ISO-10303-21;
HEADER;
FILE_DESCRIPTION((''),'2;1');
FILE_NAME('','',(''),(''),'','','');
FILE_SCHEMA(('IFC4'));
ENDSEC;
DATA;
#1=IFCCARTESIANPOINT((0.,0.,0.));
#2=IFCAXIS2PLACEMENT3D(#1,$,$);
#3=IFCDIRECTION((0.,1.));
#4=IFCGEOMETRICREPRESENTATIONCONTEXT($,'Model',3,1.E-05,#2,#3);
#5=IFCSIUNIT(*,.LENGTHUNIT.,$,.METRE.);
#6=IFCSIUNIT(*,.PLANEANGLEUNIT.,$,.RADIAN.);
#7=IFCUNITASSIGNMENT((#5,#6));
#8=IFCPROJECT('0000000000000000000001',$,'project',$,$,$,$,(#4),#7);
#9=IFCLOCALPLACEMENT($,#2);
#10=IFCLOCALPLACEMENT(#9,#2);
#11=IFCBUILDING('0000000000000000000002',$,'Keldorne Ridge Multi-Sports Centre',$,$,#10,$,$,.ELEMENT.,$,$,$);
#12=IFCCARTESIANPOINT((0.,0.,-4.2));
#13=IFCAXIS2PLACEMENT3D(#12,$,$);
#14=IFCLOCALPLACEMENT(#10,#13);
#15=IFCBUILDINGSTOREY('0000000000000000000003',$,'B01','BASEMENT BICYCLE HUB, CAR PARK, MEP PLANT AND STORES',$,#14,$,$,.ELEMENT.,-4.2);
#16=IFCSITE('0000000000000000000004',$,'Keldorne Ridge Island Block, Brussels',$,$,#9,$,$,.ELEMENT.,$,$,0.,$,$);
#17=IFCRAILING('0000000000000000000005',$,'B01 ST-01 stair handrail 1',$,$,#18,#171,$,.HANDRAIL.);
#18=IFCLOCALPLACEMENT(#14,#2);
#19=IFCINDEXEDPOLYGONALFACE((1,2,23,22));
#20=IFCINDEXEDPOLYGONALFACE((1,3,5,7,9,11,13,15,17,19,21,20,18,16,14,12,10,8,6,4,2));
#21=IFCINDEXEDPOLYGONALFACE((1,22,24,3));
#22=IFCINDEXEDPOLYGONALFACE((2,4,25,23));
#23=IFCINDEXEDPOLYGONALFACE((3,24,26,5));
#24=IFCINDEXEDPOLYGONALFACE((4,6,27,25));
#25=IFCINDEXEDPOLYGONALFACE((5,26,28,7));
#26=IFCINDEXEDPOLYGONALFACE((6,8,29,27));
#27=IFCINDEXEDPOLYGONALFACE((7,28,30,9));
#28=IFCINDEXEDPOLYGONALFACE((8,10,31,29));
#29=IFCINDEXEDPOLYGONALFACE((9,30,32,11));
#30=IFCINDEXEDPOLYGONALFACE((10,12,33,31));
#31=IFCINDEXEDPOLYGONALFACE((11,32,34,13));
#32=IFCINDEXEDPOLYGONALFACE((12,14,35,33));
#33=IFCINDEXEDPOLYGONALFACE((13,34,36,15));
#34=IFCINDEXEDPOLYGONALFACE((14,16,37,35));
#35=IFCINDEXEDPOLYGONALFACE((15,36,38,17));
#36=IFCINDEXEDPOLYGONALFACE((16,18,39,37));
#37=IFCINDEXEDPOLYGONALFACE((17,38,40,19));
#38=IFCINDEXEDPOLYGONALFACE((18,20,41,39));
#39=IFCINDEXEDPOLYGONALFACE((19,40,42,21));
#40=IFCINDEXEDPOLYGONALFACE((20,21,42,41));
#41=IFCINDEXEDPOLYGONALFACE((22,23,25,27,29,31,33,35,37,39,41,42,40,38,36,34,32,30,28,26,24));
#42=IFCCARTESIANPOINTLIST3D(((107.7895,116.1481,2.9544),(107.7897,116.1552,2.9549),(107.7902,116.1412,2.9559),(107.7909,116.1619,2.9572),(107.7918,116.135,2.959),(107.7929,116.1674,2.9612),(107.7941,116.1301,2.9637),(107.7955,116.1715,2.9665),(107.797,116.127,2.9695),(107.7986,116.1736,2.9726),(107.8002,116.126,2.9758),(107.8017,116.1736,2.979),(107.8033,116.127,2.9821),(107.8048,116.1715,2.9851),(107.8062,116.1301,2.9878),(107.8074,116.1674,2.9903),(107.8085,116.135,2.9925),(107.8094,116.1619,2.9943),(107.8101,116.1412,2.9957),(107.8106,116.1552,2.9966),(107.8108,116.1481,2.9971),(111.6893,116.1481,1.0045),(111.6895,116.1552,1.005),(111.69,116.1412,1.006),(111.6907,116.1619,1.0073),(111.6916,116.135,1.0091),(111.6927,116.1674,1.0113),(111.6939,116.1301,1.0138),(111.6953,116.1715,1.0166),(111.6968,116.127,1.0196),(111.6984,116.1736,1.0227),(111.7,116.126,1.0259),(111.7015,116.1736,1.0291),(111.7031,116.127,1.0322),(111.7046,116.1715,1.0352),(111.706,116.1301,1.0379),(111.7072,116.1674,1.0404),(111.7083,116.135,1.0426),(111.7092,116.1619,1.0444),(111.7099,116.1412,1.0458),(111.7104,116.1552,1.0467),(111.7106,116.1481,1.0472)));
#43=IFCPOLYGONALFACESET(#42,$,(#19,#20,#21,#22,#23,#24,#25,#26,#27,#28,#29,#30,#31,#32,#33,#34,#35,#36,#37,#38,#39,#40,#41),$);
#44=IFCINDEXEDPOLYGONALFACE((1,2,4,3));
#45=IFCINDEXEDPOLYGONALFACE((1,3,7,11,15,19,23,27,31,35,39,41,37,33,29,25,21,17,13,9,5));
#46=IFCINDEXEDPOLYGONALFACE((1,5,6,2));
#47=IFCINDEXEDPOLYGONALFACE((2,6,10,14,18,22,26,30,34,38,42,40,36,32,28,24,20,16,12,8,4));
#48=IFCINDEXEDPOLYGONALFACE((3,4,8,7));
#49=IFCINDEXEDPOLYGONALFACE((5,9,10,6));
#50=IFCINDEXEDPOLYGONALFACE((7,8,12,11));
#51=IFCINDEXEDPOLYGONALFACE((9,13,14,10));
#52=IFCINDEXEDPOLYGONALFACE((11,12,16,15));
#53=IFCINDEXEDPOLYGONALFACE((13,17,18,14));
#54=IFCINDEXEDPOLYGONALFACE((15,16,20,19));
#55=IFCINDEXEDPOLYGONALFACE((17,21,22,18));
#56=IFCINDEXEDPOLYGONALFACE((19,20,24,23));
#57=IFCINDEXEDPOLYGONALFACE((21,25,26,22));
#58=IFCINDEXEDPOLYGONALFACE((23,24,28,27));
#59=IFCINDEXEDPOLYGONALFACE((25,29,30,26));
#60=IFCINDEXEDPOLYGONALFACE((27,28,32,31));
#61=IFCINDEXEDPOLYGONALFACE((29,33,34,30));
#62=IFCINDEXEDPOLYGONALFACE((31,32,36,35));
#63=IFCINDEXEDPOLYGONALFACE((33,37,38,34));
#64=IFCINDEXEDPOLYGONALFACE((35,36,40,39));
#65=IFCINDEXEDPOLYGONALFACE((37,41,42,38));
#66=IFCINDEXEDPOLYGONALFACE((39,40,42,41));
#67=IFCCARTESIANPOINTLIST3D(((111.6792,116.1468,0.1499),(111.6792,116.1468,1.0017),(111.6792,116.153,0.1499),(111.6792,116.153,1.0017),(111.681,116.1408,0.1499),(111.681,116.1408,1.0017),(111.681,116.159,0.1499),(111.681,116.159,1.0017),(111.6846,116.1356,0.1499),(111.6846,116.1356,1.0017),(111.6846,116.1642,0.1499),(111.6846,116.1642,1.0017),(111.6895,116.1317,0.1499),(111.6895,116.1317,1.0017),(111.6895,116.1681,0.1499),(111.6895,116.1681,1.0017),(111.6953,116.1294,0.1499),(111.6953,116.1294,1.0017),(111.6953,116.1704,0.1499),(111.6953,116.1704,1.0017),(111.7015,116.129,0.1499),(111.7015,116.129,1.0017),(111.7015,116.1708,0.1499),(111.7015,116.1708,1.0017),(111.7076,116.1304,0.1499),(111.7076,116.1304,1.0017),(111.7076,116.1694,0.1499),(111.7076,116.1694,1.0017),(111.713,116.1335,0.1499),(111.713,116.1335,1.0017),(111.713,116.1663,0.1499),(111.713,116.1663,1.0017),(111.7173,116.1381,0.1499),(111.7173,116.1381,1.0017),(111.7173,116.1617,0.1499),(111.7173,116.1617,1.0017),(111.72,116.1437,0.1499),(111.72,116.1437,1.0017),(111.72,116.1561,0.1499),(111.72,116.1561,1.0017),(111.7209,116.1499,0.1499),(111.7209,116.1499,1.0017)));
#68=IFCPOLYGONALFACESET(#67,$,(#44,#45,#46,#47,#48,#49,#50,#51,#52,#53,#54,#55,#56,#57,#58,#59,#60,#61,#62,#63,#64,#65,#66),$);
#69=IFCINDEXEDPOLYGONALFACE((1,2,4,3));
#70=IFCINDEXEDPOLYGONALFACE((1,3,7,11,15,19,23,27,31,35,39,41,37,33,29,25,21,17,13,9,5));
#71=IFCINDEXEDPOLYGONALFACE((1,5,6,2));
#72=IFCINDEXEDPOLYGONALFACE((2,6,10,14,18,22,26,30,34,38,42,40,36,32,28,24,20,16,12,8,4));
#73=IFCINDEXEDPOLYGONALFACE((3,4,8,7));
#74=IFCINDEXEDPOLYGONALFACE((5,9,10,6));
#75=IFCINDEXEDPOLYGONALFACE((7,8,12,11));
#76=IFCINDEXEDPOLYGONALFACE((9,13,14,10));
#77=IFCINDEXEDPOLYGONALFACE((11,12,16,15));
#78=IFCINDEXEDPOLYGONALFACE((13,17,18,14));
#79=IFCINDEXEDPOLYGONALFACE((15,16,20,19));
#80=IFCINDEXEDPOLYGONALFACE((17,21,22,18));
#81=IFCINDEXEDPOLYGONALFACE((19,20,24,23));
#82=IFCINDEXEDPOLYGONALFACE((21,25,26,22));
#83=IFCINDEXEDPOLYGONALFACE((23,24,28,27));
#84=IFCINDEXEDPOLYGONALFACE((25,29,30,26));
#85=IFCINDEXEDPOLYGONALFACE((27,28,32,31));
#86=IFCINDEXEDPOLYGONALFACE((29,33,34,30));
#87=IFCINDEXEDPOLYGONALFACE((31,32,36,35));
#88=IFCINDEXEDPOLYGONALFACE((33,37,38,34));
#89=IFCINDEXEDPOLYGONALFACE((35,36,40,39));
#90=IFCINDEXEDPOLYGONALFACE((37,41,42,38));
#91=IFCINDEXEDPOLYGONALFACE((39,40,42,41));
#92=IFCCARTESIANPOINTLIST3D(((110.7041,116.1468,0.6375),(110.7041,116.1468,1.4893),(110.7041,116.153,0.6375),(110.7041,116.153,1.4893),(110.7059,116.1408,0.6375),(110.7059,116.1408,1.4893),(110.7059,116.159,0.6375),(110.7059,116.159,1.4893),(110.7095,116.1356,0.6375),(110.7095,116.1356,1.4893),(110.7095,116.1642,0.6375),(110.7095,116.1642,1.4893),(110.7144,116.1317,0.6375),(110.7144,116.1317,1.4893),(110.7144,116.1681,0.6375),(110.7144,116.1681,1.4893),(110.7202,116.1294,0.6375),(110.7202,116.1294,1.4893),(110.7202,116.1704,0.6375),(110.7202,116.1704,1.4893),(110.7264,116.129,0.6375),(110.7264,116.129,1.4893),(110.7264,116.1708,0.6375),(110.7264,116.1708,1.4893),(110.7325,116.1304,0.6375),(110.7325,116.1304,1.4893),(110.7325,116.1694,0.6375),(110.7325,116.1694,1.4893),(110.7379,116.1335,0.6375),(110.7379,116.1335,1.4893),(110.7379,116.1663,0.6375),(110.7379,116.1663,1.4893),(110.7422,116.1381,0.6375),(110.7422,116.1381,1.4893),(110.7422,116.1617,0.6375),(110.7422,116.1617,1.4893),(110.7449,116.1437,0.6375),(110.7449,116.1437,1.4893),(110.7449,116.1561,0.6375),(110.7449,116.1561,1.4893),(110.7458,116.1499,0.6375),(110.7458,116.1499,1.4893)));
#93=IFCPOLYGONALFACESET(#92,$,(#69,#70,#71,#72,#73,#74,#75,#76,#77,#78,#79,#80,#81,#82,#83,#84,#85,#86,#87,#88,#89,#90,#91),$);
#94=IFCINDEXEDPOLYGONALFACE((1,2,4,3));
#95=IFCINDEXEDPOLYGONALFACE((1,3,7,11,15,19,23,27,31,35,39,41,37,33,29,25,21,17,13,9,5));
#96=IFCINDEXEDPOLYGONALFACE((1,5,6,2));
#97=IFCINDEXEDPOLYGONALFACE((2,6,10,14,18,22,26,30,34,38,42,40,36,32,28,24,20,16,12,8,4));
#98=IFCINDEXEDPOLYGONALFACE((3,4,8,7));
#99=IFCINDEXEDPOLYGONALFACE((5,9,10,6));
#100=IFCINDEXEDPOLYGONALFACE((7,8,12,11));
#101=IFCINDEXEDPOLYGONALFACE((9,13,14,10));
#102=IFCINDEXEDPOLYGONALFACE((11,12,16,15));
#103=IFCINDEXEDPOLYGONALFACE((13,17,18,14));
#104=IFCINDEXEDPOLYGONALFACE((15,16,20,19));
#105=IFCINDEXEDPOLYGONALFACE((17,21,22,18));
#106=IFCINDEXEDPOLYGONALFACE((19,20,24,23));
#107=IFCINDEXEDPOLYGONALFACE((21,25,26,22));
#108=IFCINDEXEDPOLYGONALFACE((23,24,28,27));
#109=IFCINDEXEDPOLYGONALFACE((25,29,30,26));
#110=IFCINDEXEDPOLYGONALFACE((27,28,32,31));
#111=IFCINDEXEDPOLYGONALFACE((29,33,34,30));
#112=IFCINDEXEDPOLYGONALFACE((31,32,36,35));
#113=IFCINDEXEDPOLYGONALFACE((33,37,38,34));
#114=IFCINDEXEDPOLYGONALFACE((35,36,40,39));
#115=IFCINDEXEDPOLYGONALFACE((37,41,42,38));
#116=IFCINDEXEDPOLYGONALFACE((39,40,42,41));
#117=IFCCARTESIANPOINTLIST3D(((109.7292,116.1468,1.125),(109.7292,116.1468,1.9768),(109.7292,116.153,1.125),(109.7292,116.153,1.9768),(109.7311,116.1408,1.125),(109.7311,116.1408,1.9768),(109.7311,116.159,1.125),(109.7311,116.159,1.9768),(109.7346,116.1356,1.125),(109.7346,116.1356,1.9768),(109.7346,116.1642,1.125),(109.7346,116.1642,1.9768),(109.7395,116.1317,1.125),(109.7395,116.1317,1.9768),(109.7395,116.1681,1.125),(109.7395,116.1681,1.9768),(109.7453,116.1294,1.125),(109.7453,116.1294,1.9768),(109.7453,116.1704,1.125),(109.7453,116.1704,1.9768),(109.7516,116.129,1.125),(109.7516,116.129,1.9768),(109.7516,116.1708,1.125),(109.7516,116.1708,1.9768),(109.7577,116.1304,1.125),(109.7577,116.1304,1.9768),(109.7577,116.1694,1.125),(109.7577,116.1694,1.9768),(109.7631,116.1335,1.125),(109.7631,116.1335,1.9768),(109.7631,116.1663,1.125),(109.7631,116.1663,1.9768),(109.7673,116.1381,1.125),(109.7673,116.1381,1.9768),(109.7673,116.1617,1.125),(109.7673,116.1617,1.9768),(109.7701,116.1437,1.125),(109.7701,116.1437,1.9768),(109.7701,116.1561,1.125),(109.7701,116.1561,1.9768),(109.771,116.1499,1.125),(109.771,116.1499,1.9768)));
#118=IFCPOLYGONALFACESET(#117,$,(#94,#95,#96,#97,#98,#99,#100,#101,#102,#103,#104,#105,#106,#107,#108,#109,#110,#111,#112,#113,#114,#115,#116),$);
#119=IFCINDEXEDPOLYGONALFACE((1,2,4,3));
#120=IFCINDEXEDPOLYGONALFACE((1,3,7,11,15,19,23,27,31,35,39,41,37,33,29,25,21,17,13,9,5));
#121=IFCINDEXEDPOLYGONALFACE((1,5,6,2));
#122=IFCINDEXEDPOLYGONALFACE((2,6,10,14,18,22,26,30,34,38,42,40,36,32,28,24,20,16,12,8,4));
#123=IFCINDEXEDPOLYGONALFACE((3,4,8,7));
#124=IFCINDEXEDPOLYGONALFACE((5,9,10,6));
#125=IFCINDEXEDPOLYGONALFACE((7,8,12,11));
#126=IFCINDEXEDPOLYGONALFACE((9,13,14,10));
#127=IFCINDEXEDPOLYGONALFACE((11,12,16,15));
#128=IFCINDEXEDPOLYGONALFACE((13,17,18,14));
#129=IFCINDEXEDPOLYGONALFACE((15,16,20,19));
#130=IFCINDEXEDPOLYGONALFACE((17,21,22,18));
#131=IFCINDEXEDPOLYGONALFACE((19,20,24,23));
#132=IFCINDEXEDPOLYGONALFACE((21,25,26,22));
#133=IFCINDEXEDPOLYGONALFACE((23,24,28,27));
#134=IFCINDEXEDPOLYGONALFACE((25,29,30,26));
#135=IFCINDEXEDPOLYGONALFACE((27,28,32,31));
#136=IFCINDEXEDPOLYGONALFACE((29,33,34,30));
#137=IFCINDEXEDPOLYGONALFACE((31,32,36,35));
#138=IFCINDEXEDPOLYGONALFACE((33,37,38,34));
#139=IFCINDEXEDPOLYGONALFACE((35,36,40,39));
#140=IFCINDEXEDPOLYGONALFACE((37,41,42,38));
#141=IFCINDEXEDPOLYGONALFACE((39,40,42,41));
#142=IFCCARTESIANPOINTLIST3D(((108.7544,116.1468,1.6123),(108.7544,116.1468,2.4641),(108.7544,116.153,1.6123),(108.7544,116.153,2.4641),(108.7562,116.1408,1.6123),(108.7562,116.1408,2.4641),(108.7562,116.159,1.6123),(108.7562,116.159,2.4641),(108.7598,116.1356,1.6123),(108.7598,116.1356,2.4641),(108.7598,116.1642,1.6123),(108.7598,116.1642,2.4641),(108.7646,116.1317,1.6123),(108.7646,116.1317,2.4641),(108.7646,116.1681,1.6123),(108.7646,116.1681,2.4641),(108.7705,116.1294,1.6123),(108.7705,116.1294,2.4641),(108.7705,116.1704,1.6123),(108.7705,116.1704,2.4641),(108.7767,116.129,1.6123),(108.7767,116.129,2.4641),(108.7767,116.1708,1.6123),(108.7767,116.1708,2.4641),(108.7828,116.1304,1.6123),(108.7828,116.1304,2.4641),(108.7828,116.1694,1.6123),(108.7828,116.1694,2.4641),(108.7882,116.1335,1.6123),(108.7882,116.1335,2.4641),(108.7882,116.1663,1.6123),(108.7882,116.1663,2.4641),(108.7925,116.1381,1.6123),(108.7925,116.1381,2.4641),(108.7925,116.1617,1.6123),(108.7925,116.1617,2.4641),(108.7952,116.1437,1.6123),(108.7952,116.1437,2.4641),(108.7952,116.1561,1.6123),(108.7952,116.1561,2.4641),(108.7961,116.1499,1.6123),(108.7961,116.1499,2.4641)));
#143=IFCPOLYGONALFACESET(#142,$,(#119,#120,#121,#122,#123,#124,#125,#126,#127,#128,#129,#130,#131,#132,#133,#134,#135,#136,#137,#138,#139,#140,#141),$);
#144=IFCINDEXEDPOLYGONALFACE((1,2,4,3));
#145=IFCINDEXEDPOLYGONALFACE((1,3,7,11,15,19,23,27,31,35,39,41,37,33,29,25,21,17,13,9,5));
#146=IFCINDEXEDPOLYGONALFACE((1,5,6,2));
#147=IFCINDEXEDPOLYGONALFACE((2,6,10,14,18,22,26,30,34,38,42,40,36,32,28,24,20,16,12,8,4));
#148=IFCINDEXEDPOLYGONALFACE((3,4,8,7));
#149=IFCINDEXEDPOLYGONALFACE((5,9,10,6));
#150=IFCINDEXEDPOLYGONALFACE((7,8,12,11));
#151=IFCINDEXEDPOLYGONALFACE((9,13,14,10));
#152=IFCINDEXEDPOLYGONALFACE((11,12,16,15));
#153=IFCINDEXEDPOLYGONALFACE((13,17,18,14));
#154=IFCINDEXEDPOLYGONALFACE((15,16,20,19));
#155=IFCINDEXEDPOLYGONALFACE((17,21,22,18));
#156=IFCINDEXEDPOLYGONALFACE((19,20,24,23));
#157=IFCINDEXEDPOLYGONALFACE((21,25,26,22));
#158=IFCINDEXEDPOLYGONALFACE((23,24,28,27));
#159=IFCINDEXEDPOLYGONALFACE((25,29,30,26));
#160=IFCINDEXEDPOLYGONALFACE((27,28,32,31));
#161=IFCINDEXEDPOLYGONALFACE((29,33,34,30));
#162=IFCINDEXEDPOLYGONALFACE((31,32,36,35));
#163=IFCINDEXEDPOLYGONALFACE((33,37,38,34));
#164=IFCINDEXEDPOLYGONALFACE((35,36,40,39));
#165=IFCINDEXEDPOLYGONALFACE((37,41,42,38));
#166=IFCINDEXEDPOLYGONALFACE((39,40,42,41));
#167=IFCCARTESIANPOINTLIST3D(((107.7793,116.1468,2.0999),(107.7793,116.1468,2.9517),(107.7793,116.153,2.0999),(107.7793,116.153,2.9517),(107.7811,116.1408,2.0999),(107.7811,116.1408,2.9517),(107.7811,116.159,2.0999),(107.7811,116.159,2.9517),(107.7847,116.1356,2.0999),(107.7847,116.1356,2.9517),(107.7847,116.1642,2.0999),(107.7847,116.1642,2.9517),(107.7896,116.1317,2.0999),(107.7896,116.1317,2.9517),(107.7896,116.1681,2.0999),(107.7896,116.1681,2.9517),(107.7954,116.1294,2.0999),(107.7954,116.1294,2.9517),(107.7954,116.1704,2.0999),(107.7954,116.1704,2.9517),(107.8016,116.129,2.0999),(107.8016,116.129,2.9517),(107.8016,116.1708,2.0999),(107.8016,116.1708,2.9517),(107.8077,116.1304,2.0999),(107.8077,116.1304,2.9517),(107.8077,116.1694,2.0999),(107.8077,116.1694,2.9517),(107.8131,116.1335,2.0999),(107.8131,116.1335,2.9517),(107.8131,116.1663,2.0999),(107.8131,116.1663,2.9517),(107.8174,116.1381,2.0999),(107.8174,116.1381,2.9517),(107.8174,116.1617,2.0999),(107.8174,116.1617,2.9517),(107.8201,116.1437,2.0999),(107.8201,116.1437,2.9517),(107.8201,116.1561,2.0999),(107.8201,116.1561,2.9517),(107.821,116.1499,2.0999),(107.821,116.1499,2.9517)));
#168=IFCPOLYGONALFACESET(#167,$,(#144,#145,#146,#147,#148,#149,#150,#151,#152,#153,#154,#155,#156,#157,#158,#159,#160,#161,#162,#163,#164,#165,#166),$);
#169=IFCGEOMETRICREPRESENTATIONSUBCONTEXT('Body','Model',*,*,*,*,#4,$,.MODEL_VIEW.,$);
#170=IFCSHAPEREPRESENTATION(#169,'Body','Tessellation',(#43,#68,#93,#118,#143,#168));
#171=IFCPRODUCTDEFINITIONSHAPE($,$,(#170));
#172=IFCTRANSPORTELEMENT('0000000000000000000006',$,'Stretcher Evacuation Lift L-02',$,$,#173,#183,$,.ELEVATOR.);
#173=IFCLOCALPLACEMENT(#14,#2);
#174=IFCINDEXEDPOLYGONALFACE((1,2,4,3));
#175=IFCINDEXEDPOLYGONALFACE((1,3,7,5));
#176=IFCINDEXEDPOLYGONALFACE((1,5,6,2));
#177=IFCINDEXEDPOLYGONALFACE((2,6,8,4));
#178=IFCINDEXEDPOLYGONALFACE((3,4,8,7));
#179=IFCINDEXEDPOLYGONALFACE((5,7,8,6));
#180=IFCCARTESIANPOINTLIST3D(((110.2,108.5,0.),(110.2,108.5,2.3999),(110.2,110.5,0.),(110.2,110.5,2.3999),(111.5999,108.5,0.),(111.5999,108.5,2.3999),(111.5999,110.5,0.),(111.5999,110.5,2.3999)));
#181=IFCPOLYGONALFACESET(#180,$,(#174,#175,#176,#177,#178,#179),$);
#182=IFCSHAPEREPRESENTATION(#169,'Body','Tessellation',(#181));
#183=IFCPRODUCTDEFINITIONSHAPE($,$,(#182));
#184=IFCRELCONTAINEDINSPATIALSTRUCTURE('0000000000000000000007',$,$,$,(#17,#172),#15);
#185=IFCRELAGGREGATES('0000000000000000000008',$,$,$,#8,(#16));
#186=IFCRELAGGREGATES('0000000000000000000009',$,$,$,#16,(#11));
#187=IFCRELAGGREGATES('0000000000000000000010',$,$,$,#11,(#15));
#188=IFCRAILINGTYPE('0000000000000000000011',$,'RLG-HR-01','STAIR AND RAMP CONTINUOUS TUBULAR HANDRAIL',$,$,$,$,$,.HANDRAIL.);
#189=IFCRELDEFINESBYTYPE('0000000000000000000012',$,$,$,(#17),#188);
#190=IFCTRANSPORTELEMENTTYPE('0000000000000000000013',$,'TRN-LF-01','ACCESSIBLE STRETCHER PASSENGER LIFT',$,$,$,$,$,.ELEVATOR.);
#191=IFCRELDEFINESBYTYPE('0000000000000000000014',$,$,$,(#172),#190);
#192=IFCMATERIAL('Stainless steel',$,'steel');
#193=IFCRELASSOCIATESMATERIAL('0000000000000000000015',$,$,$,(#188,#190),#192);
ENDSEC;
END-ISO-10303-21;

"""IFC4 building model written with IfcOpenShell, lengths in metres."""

from ifc_helpers import new_model, si_unit, direction, frame, origin, origin_2d, place, context, subcontext, project, spatial, rectangle, circle, extrude, material, type_object, element, save


model = new_model("IFC4")

# Units and contexts
model_context = context("Model", 3, precision=1e-05, world=origin(), true_north=direction((0.0, 1.0)))
body_context = subcontext(model_context, "Body", "Model", "MODEL_VIEW")
ifc_project = project(units=[si_unit("LENGTHUNIT", "METRE"), si_unit("PLANEANGLEUNIT", "RADIAN")], contexts=[model_context])

# Site, building, storey
site_placement = place(None, origin())
site = spatial("IfcSite", under=ifc_project, at=site_placement, Name="Keldorne Ridge Island Block, Brussels", CompositionType="ELEMENT", RefElevation=0.0)
building_placement = place(site_placement, origin())
building = spatial("IfcBuilding", under=site, at=building_placement, Name="Keldorne Ridge Multi-Sports Centre", CompositionType="ELEMENT")
storey_placement = place(building_placement, frame((0.0, 0.0, -4.2)))
storey = spatial("IfcBuildingStorey", under=building, at=storey_placement, Name="B01", Description="BASEMENT BICYCLE HUB, CAR PARK, MEP PLANT AND STORES", CompositionType="ELEMENT", Elevation=-4.2)

# Railing
ifc_material_1 = material(Name="Stainless steel", Category="steel")
railing_type_1 = type_object("IfcRailingType", Name="RLG-HR-01", Description="STAIR AND RAMP CONTINUOUS TUBULAR HANDRAIL", PredefinedType="HANDRAIL", material=ifc_material_1)
railing_1_placement = place(storey_placement, frame((111.7, 116.1499, 0.1499)))
element("IfcRailing", 1, at=railing_1_placement, inside=storey, type_object=railing_type_1, Name="B01 ST-01 stair handrail 1", PredefinedType="HANDRAIL", context=body_context, shape_type="SweptSolid", body=[
    extrude(circle(Radius=0.0239, at=origin_2d()), frame((0.0, 0.0, 0.876), z_axis=(-0.894427, 0.0, 0.447214), x_axis=(0.0, -1.0, 0.0)), (0.0, 0.0, 1.0), 4.3601),
    extrude(circle(Radius=0.021, at=origin_2d()), origin(), (0.0, 0.0, 1.0), 0.8518),
    extrude(circle(Radius=0.021, at=origin_2d()), frame((-0.9751, 0.0, 0.4875)), (0.0, 0.0, 1.0), 0.8518),
    extrude(circle(Radius=0.021, at=origin_2d()), frame((-1.95, 0.0, 0.9751)), (0.0, 0.0, 1.0), 0.8518),
    extrude(circle(Radius=0.021, at=origin_2d()), frame((-2.9248, 0.0, 1.4624)), (0.0, 0.0, 1.0), 0.8518),
    extrude(circle(Radius=0.021, at=origin_2d()), frame((-3.8999, 0.0, 1.95)), (0.0, 0.0, 1.0), 0.8518),
])

# Transport element
transport_element_type = type_object("IfcTransportElementType", Name="TRN-LF-01", Description="ACCESSIBLE STRETCHER PASSENGER LIFT", PredefinedType="ELEVATOR", material=ifc_material_1)
transport_element_placement = place(storey_placement, frame((110.8999, 109.5, 0.0), z_axis=(0.0, 0.0, 1.0), x_axis=(1.0, 0.0, 0.0)))
element("IfcTransportElement", 2, at=transport_element_placement, inside=storey, type_object=transport_element_type, Name="Stretcher Evacuation Lift L-02", PredefinedType="ELEVATOR", context=body_context, shape_type="SweptSolid", body=[
    extrude(rectangle(XDim=1.3999, YDim=2.0, at=origin_2d()), origin(), (0.0, 0.0, 1.0), 2.3999),
])

save(model, "model.ifc")
